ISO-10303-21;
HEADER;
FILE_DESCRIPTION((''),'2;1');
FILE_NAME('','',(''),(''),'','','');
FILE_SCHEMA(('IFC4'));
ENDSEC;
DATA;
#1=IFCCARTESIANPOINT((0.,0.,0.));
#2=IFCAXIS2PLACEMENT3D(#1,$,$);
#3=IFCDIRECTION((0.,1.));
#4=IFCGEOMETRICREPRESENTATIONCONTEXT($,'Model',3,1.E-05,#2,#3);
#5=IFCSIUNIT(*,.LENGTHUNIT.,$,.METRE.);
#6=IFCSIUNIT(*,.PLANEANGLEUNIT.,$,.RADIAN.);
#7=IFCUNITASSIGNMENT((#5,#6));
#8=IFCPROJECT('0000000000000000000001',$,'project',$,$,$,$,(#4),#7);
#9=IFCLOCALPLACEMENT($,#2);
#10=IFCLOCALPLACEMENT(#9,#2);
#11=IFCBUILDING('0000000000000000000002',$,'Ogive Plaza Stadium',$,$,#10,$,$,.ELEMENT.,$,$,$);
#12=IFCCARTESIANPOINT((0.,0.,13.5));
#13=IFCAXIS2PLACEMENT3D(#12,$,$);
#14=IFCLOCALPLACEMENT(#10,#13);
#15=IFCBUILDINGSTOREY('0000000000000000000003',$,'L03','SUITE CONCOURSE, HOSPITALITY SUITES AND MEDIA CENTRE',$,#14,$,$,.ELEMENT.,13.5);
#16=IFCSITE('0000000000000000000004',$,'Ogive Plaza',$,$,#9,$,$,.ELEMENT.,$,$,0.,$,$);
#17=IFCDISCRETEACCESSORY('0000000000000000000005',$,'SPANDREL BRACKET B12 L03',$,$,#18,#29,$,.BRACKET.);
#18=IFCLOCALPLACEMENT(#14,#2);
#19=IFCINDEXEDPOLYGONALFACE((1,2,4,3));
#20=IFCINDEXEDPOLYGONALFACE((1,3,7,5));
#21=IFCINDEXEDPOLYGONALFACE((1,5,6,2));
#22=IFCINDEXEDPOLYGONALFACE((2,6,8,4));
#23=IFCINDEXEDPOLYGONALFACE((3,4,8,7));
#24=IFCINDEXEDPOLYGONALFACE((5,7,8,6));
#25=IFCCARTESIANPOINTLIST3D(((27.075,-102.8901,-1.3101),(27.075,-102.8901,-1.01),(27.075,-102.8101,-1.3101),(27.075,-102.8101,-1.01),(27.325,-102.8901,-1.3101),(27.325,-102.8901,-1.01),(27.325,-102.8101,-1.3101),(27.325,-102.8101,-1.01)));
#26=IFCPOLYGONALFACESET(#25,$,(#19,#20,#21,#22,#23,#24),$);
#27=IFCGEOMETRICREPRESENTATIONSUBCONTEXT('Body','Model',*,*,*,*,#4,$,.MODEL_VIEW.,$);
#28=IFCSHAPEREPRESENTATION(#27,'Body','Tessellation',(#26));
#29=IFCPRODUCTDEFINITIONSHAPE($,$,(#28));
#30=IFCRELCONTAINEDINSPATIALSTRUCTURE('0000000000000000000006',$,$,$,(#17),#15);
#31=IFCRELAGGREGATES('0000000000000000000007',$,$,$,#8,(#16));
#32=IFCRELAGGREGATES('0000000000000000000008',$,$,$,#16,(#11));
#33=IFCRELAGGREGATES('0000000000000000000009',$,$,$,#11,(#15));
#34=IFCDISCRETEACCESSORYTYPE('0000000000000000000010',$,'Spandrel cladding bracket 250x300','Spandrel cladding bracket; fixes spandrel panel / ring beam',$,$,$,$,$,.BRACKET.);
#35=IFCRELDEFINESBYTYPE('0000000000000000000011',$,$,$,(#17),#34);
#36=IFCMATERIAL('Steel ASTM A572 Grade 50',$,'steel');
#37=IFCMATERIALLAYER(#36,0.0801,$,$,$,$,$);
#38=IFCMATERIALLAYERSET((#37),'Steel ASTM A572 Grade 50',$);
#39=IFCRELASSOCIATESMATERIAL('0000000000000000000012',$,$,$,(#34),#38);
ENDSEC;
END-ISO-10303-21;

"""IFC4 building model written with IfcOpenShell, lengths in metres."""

from ifc_helpers import new_model, si_unit, direction, frame, origin, origin_2d, place, context, subcontext, project, spatial, rectangle, extrude, material, layer, layer_set, type_object, element, save


model = new_model("IFC4")

# Units and contexts
model_context = context("Model", 3, precision=1e-05, world=origin(), true_north=direction((0.0, 1.0)))
body_context = subcontext(model_context, "Body", "Model", "MODEL_VIEW")
ifc_project = project(units=[si_unit("LENGTHUNIT", "METRE"), si_unit("PLANEANGLEUNIT", "RADIAN")], contexts=[model_context])

# Site, building, storey
site_placement = place(None, origin())
site = spatial("IfcSite", under=ifc_project, at=site_placement, Name="Ogive Plaza", CompositionType="ELEMENT", RefElevation=0.0)
building_placement = place(site_placement, origin())
building = spatial("IfcBuilding", under=site, at=building_placement, Name="Ogive Plaza Stadium", CompositionType="ELEMENT")
storey_placement = place(building_placement, frame((0.0, 0.0, 13.5)))
storey = spatial("IfcBuildingStorey", under=building, at=storey_placement, Name="L03", Description="SUITE CONCOURSE, HOSPITALITY SUITES AND MEDIA CENTRE", CompositionType="ELEMENT", Elevation=13.5)

# Discrete accessory
ifc_material_1 = material(Name="Steel ASTM A572 Grade 50", Category="steel")
ifc_layer_1 = layer(ifc_material_1, 0.0801)
ifc_layer_set_1 = layer_set([ifc_layer_1], Name="Steel ASTM A572 Grade 50")
discrete_accessory_type = type_object("IfcDiscreteAccessoryType", Name="Spandrel cladding bracket 250x300", Description="Spandrel cladding bracket; fixes spandrel panel / ring beam", PredefinedType="BRACKET", material=ifc_layer_set_1)
discrete_accessory_placement = place(storey_placement, frame((27.2, -102.8501, -1.3101), z_axis=(0.0, 0.0, 1.0), x_axis=(-1.0, 0.0, 0.0)))
element("IfcDiscreteAccessory", 1, at=discrete_accessory_placement, inside=storey, type_object=discrete_accessory_type, Name="SPANDREL BRACKET B12 L03", PredefinedType="BRACKET", context=body_context, shape_type="SweptSolid", body=[
    extrude(rectangle(XDim=0.25, YDim=0.0801, at=origin_2d()), origin(), (0.0, 0.0, 1.0), 0.3),
])

save(model, "model.ifc")
